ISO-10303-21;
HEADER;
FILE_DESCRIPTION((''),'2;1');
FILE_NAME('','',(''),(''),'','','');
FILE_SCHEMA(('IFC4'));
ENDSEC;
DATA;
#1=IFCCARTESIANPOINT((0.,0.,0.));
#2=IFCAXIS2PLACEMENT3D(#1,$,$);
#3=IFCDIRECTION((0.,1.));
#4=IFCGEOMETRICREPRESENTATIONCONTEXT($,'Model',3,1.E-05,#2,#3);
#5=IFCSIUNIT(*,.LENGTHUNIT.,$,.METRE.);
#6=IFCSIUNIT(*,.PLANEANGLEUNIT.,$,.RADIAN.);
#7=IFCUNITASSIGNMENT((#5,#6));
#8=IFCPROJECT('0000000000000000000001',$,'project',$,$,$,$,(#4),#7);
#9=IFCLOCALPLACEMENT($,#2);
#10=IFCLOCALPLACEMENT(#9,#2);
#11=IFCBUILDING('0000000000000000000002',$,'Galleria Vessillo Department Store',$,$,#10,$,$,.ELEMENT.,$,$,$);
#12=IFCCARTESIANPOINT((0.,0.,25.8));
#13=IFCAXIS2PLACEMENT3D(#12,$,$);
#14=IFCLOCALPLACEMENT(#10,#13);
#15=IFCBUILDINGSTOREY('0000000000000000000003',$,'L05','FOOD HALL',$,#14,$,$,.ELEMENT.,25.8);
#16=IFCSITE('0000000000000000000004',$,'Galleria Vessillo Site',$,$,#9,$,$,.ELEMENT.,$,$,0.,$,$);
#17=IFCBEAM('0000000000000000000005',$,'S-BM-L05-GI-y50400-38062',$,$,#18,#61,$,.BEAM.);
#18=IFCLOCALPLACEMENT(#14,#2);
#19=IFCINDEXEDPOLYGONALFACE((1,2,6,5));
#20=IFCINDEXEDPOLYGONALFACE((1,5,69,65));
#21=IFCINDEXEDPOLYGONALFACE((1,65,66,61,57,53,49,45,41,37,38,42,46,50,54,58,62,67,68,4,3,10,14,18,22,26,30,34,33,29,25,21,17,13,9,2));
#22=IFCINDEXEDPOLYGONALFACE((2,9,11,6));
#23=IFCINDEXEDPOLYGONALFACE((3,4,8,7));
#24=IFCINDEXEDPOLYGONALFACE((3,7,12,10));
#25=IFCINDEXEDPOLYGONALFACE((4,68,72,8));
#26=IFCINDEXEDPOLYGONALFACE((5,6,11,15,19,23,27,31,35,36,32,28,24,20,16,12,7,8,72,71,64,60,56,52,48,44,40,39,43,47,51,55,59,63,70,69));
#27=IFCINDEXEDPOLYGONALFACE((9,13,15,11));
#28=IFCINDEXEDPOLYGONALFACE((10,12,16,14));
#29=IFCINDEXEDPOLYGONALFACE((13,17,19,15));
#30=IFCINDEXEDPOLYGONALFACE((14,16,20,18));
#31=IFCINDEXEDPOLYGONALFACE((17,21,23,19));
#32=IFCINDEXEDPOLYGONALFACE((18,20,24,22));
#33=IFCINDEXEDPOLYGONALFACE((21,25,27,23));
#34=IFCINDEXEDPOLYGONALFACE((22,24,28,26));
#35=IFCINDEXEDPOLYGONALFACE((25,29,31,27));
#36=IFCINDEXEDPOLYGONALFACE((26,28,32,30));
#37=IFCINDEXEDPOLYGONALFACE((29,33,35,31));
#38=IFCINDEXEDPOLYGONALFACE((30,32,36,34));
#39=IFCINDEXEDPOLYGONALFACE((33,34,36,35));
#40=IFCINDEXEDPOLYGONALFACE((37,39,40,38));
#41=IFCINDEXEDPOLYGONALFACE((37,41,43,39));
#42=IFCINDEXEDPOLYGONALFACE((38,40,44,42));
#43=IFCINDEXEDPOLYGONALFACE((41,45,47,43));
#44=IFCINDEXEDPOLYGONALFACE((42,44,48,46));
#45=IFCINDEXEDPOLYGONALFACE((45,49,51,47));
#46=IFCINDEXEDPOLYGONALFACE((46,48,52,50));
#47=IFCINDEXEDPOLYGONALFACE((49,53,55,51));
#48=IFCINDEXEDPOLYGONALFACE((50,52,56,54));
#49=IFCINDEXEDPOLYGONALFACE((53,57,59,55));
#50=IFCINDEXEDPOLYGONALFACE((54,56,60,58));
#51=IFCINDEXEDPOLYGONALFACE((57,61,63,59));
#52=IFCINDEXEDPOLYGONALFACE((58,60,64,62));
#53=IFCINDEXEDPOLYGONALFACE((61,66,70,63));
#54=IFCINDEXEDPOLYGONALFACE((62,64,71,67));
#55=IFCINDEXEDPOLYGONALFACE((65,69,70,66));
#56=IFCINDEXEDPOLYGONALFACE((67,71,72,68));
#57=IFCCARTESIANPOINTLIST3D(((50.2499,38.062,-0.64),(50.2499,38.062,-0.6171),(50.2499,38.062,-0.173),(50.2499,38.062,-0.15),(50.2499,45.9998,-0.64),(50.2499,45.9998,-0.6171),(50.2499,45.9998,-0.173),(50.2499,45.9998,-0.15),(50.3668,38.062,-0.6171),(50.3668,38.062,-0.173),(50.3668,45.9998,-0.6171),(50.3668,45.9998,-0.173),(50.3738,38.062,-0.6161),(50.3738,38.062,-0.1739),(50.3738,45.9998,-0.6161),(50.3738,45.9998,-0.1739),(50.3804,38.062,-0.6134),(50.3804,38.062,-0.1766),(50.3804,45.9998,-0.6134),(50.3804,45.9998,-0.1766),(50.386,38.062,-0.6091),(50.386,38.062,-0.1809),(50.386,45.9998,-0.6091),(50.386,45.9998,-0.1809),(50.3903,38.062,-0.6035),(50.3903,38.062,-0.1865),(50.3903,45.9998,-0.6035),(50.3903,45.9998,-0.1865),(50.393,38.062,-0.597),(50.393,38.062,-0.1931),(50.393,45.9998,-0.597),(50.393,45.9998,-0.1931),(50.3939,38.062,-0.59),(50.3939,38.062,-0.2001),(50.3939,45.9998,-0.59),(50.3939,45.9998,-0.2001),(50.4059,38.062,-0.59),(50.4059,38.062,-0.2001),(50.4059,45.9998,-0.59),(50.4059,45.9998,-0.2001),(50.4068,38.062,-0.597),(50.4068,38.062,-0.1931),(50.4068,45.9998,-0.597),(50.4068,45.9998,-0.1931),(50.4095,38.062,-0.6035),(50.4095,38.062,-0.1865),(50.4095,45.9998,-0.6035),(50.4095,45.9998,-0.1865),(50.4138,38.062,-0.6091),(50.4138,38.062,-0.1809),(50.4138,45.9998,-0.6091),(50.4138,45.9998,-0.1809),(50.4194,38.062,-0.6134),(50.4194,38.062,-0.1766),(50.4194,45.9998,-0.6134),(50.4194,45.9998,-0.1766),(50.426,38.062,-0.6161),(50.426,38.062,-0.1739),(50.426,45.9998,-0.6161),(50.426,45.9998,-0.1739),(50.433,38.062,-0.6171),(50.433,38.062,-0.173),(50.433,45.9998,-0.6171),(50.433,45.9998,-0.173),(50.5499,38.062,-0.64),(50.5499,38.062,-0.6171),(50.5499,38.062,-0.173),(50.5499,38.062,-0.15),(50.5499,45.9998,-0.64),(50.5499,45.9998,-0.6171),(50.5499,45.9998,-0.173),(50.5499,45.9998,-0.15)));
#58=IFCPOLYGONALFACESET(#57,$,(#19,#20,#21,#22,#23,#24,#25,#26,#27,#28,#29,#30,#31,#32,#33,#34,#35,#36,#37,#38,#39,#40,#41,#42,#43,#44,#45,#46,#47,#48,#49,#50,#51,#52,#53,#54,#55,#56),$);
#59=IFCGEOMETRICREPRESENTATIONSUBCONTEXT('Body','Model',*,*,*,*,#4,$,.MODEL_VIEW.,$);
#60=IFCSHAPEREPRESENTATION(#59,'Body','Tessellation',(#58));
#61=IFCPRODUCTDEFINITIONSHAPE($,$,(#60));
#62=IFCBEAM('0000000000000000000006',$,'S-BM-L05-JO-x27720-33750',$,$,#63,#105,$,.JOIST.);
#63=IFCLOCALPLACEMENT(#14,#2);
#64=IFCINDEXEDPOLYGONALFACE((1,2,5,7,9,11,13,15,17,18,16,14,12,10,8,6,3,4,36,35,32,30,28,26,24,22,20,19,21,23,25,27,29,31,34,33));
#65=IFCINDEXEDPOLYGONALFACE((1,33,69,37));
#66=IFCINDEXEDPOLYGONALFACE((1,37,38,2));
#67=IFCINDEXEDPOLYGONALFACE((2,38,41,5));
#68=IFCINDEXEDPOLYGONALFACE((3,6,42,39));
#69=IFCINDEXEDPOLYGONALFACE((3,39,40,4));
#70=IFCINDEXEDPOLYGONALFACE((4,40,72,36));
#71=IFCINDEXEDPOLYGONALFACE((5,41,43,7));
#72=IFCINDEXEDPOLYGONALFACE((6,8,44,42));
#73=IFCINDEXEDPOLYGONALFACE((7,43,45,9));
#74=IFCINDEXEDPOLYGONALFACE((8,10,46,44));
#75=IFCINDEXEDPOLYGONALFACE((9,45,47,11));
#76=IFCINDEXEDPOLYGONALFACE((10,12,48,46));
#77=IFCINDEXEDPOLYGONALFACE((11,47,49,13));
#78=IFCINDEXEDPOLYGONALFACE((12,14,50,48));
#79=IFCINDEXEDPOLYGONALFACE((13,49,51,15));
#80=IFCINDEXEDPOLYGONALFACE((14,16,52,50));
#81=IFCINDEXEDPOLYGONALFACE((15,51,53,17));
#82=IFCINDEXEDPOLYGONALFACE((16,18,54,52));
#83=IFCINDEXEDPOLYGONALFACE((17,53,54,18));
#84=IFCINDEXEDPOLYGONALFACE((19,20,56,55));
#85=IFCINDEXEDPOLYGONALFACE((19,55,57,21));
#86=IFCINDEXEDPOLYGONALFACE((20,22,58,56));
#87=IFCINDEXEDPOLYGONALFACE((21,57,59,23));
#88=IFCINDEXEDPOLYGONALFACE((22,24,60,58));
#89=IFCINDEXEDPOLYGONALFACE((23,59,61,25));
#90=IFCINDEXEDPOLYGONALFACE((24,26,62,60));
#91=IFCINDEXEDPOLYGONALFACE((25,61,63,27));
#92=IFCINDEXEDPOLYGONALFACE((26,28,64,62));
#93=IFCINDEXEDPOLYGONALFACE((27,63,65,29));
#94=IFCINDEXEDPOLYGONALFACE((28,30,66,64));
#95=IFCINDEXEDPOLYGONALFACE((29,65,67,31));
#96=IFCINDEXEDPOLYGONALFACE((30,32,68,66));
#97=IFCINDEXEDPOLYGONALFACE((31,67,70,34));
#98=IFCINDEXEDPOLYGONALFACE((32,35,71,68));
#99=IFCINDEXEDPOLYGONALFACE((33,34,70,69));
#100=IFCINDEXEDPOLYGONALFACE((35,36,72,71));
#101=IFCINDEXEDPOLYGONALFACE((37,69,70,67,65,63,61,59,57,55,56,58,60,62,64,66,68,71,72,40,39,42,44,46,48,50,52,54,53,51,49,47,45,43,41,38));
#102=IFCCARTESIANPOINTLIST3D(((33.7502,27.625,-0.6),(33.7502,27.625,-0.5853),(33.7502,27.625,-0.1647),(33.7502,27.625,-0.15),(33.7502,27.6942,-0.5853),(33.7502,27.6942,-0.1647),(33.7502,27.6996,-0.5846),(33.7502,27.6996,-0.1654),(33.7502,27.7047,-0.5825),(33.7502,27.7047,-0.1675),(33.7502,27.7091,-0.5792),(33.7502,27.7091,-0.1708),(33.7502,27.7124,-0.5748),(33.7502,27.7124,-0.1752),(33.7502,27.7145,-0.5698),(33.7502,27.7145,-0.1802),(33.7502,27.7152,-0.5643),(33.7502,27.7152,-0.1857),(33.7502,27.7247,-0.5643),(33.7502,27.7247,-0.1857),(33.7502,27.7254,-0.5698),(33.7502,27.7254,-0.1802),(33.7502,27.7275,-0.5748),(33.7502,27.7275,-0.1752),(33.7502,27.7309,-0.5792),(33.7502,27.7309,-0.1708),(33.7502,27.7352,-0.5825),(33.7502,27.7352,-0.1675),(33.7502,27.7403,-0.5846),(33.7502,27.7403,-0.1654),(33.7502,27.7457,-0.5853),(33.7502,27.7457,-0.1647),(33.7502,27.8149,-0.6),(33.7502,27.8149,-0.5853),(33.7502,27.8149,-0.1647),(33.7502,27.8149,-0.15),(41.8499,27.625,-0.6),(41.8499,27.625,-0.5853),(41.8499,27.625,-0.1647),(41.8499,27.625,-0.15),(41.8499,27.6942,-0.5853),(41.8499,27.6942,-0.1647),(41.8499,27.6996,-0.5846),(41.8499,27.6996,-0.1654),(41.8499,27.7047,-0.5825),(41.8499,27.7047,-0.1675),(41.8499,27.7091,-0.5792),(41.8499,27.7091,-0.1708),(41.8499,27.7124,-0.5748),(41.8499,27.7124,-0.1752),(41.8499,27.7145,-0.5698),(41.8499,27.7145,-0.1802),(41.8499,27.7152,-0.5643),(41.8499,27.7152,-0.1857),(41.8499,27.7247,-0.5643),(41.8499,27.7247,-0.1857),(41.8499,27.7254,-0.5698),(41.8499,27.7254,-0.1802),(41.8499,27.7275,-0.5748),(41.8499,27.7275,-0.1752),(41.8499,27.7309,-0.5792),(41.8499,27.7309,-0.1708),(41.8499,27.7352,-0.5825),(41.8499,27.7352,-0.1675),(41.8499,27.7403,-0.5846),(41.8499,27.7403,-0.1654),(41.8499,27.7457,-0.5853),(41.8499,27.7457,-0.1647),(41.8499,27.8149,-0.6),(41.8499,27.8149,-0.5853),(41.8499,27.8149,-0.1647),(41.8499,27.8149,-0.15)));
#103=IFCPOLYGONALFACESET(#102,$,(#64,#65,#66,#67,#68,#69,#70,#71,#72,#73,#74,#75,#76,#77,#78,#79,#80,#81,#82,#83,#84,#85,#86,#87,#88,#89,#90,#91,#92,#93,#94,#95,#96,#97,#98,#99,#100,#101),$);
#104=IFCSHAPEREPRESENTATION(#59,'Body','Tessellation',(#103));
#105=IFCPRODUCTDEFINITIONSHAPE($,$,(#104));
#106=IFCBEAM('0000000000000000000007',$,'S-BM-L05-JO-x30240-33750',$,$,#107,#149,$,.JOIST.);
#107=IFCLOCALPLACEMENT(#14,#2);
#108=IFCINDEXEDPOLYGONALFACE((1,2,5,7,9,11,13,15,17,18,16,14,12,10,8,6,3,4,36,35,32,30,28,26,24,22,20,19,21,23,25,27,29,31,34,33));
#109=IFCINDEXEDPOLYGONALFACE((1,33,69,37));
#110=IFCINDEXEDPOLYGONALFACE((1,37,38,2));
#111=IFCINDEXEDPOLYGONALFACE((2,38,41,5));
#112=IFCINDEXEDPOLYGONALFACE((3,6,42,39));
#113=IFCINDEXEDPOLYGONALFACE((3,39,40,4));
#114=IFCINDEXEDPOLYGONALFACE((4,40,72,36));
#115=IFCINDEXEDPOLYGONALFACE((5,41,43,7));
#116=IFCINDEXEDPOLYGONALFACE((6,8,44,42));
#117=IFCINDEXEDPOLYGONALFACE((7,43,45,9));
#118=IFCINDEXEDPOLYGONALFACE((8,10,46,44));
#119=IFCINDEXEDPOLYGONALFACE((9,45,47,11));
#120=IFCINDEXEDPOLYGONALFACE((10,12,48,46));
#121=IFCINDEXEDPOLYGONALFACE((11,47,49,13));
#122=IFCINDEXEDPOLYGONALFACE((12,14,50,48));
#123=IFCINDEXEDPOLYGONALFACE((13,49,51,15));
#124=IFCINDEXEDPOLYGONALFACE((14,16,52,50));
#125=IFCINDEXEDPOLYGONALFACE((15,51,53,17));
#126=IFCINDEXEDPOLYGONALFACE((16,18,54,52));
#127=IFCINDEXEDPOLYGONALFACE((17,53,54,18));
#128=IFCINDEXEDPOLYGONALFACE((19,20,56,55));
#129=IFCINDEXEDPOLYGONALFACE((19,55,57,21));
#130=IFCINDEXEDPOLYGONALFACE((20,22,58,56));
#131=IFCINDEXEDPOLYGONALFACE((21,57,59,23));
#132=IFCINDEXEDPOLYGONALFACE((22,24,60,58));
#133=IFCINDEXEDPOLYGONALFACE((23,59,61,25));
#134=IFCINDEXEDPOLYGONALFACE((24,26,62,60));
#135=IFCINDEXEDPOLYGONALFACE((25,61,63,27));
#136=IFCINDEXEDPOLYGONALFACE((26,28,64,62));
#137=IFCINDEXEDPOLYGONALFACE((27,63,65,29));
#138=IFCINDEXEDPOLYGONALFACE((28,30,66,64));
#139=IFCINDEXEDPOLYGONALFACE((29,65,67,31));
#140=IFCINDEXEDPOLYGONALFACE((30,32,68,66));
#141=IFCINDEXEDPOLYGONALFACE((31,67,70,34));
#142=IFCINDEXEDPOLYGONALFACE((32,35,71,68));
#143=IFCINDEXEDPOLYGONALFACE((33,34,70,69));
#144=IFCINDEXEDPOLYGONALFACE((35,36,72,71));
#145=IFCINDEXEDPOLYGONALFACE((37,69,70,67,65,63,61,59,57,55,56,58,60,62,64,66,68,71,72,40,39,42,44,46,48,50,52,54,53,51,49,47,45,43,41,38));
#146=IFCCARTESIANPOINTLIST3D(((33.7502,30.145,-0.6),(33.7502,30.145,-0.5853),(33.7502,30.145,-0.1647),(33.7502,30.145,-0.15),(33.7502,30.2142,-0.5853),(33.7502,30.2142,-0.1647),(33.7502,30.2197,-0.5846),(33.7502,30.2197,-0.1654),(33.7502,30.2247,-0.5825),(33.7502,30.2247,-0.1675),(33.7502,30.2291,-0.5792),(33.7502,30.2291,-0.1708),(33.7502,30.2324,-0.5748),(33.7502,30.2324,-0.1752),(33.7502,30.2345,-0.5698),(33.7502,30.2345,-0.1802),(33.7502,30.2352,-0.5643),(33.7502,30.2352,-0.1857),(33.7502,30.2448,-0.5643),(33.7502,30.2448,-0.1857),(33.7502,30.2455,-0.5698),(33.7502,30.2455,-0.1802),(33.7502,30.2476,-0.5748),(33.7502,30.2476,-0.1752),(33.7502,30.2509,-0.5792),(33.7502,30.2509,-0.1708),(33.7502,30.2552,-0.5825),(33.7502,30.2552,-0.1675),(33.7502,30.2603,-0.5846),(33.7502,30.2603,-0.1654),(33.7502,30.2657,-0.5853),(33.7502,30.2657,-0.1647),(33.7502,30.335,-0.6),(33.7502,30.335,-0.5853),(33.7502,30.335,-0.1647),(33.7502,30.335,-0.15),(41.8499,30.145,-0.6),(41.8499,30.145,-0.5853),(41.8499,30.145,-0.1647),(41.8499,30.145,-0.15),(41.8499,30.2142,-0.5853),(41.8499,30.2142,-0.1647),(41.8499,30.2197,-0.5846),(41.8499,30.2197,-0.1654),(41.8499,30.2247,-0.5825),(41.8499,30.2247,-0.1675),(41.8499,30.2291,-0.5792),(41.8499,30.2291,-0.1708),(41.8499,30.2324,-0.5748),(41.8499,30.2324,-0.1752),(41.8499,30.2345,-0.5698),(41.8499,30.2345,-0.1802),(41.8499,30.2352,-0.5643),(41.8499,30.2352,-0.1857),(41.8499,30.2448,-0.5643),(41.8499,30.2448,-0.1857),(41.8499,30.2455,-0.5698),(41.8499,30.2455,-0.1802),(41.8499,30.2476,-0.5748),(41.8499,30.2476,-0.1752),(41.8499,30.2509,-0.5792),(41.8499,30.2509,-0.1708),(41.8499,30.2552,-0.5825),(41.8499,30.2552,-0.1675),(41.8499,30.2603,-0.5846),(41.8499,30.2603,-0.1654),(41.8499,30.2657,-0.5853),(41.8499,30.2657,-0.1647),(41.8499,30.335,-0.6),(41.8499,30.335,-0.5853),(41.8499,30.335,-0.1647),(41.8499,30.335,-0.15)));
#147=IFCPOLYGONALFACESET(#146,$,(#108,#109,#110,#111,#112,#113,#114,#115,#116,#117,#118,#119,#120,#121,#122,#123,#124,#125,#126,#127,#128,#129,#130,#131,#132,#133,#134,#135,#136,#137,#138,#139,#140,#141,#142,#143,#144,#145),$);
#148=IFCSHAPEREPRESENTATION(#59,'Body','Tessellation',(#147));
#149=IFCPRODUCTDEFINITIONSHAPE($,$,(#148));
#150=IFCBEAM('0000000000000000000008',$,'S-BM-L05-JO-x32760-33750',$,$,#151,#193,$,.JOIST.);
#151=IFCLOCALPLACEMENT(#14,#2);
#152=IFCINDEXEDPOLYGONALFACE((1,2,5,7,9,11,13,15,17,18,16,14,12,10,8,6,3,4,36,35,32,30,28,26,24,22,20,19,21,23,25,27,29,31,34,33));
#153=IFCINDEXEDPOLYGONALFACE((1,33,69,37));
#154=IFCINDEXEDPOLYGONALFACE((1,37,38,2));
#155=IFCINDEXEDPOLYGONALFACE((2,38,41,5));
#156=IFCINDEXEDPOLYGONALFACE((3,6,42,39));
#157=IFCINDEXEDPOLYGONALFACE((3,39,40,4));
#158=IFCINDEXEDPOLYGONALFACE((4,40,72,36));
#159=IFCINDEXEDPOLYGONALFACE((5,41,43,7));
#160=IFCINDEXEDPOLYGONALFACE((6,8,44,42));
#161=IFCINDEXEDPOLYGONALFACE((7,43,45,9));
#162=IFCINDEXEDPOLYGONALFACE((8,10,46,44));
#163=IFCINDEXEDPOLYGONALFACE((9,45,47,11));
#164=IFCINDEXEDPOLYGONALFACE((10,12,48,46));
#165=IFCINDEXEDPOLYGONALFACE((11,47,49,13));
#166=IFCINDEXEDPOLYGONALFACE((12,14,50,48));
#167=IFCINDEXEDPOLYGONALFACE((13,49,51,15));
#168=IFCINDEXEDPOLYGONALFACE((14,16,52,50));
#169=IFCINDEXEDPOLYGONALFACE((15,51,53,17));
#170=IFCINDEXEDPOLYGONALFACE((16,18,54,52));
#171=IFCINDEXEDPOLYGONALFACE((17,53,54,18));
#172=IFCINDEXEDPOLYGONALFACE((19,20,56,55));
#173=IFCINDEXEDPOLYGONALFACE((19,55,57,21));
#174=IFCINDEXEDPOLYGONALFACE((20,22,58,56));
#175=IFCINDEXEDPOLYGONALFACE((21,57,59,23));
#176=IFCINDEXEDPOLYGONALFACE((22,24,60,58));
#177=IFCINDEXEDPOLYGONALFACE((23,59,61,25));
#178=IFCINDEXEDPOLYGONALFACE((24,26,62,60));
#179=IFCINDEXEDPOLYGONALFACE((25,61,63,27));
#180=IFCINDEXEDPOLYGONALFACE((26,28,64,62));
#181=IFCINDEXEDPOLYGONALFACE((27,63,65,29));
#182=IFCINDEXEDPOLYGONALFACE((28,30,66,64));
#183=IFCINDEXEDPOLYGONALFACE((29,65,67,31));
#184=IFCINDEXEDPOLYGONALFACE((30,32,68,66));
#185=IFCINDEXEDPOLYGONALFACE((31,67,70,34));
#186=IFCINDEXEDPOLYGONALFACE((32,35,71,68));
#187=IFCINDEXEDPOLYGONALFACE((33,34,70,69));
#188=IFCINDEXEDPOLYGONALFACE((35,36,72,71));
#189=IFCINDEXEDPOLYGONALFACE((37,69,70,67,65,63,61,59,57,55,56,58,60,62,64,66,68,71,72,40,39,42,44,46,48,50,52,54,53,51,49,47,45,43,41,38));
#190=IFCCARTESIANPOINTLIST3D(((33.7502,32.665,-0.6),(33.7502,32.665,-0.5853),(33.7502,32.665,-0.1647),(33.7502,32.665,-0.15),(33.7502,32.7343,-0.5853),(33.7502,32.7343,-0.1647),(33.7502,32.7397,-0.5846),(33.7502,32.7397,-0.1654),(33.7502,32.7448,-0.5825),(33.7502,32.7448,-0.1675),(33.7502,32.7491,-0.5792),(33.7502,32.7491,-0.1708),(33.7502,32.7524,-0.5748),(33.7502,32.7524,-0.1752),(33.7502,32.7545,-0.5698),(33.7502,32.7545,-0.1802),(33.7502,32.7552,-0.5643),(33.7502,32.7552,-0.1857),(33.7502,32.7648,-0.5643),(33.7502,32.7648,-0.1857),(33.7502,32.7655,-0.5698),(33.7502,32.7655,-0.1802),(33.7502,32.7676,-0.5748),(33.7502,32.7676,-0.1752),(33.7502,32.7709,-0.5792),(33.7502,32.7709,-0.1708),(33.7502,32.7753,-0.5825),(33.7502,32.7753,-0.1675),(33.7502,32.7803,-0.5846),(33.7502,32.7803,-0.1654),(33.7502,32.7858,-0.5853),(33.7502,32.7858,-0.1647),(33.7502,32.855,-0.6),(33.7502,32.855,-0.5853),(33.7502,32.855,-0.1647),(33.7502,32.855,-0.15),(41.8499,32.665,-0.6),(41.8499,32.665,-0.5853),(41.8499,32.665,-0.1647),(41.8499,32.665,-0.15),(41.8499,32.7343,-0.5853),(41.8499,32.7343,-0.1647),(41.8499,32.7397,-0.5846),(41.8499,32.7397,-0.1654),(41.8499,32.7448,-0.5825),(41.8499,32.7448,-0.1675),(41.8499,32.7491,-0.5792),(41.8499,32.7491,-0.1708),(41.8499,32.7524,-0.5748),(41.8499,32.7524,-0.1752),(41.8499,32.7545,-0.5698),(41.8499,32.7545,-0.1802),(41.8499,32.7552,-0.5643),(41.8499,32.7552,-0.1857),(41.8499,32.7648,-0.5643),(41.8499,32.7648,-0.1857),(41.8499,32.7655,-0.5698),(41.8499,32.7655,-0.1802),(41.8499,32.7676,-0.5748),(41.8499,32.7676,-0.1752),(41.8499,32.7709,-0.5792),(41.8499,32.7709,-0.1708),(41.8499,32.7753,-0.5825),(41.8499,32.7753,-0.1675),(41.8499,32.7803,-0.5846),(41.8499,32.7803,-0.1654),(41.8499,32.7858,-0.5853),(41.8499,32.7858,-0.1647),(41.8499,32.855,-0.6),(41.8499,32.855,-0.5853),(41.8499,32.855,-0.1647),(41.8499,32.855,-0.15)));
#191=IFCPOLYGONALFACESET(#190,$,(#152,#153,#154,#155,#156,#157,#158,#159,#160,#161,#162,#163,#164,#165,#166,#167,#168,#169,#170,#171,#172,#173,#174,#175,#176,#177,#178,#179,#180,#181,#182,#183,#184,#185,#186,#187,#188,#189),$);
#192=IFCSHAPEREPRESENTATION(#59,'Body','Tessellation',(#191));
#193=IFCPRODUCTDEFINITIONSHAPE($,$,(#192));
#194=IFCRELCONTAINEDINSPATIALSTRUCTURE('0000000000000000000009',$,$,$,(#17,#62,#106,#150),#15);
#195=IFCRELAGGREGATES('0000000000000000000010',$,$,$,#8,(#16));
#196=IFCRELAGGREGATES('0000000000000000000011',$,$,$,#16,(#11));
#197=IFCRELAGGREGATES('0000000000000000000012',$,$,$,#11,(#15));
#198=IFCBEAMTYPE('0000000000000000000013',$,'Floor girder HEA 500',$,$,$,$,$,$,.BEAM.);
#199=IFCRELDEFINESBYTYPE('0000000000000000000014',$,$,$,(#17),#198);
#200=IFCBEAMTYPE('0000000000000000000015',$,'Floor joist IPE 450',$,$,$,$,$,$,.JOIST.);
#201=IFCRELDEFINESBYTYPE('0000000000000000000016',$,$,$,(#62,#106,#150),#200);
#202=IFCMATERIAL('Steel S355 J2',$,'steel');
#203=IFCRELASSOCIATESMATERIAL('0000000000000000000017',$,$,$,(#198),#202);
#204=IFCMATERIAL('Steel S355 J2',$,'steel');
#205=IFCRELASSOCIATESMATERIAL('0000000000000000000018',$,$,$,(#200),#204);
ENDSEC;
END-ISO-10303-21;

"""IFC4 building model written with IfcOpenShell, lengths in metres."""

from ifc_helpers import new_model, si_unit, direction, frame, origin, origin_2d, place, context, subcontext, project, spatial, i_section, extrude, material, material_profile, profile_set, type_object, element, save


model = new_model("IFC4")

# Units and contexts
model_context = context("Model", 3, precision=1e-05, world=origin(), true_north=direction((0.0, 1.0)))
body_context = subcontext(model_context, "Body", "Model", "MODEL_VIEW")
ifc_project = project(units=[si_unit("LENGTHUNIT", "METRE"), si_unit("PLANEANGLEUNIT", "RADIAN")], contexts=[model_context])

# Site, building, storey
site_placement = place(None, origin())
site = spatial("IfcSite", under=ifc_project, at=site_placement, Name="Galleria Vessillo Site", CompositionType="ELEMENT", RefElevation=0.0)
building_placement = place(site_placement, origin())
building = spatial("IfcBuilding", under=site, at=building_placement, Name="Galleria Vessillo Department Store", CompositionType="ELEMENT")
storey_placement = place(building_placement, frame((0.0, 0.0, 25.8)))
storey = spatial("IfcBuildingStorey", under=building, at=storey_placement, Name="L05", Description="FOOD HALL", CompositionType="ELEMENT", Elevation=25.8)

# Beams
ifc_material_1 = material(Name="Steel S355 J2", Category="steel")
ifc_material_profile_1 = material_profile(ifc_material_1, i_section(OverallWidth=0.3, OverallDepth=0.49, WebThickness=0.012, FlangeThickness=0.0229, FilletRadius=0.0271, at=origin_2d()), Name="HEA 500")
ifc_profile_set_1 = profile_set([ifc_material_profile_1], Name="Steel S355 J2")
beam_type_1 = type_object("IfcBeamType", Name="Floor girder HEA 500", PredefinedType="BEAM", material=ifc_profile_set_1)
beam_1_placement = place(storey_placement, frame((50.3999, 38.062, -0.395), z_axis=(0.0, 1.0, 0.0), x_axis=(-1.0, 0.0, 0.0)))
element("IfcBeam", 1, at=beam_1_placement, inside=storey, type_object=beam_type_1, Name="S-BM-L05-GI-y50400-38062", PredefinedType="BEAM", context=body_context, shape_type="SweptSolid", body=[
    extrude(i_section(OverallWidth=0.3, OverallDepth=0.49, WebThickness=0.012, FlangeThickness=0.0229, FilletRadius=0.0271, at=origin_2d()), origin(), (0.0, 0.0, 1.0), 7.9377),
])
ifc_material_2 = material(Name="Steel S355 J2", Category="steel")
ifc_material_profile_2 = material_profile(ifc_material_2, i_section(OverallWidth=0.1899, OverallDepth=0.45, WebThickness=0.0095, FlangeThickness=0.0146, FilletRadius=0.021, at=origin_2d()), Name="IPE 450")
ifc_profile_set_2 = profile_set([ifc_material_profile_2], Name="Steel S355 J2")
beam_type_2 = type_object("IfcBeamType", Name="Floor joist IPE 450", PredefinedType="JOIST", material=ifc_profile_set_2)
for number, where, z_axis, x_axis, name in (
    (2, (33.7502, 27.72, -0.375), (1.0, 0.0, 0.0), (0.0, 1.0, 0.0), "S-BM-L05-JO-x27720-33750"),
    (3, (33.7502, 30.24, -0.375), (1.0, 0.0, 0.0), (0.0, 1.0, 0.0), "S-BM-L05-JO-x30240-33750"),
    (4, (33.7502, 32.76, -0.375), (1.0, 0.0, 0.0), (0.0, 1.0, 0.0), "S-BM-L05-JO-x32760-33750"),
):
    element("IfcBeam", number, at=place(storey_placement, frame(where, z_axis=z_axis, x_axis=x_axis)), inside=storey, type_object=beam_type_2, Name=name, PredefinedType="JOIST", context=body_context, shape_type="SweptSolid", body=[
        extrude(i_section(OverallWidth=0.1899, OverallDepth=0.45, WebThickness=0.0095, FlangeThickness=0.0146, FilletRadius=0.021, at=origin_2d()), origin(), (0.0, 0.0, 1.0), 8.0996),
    ])

save(model, "model.ifc")
